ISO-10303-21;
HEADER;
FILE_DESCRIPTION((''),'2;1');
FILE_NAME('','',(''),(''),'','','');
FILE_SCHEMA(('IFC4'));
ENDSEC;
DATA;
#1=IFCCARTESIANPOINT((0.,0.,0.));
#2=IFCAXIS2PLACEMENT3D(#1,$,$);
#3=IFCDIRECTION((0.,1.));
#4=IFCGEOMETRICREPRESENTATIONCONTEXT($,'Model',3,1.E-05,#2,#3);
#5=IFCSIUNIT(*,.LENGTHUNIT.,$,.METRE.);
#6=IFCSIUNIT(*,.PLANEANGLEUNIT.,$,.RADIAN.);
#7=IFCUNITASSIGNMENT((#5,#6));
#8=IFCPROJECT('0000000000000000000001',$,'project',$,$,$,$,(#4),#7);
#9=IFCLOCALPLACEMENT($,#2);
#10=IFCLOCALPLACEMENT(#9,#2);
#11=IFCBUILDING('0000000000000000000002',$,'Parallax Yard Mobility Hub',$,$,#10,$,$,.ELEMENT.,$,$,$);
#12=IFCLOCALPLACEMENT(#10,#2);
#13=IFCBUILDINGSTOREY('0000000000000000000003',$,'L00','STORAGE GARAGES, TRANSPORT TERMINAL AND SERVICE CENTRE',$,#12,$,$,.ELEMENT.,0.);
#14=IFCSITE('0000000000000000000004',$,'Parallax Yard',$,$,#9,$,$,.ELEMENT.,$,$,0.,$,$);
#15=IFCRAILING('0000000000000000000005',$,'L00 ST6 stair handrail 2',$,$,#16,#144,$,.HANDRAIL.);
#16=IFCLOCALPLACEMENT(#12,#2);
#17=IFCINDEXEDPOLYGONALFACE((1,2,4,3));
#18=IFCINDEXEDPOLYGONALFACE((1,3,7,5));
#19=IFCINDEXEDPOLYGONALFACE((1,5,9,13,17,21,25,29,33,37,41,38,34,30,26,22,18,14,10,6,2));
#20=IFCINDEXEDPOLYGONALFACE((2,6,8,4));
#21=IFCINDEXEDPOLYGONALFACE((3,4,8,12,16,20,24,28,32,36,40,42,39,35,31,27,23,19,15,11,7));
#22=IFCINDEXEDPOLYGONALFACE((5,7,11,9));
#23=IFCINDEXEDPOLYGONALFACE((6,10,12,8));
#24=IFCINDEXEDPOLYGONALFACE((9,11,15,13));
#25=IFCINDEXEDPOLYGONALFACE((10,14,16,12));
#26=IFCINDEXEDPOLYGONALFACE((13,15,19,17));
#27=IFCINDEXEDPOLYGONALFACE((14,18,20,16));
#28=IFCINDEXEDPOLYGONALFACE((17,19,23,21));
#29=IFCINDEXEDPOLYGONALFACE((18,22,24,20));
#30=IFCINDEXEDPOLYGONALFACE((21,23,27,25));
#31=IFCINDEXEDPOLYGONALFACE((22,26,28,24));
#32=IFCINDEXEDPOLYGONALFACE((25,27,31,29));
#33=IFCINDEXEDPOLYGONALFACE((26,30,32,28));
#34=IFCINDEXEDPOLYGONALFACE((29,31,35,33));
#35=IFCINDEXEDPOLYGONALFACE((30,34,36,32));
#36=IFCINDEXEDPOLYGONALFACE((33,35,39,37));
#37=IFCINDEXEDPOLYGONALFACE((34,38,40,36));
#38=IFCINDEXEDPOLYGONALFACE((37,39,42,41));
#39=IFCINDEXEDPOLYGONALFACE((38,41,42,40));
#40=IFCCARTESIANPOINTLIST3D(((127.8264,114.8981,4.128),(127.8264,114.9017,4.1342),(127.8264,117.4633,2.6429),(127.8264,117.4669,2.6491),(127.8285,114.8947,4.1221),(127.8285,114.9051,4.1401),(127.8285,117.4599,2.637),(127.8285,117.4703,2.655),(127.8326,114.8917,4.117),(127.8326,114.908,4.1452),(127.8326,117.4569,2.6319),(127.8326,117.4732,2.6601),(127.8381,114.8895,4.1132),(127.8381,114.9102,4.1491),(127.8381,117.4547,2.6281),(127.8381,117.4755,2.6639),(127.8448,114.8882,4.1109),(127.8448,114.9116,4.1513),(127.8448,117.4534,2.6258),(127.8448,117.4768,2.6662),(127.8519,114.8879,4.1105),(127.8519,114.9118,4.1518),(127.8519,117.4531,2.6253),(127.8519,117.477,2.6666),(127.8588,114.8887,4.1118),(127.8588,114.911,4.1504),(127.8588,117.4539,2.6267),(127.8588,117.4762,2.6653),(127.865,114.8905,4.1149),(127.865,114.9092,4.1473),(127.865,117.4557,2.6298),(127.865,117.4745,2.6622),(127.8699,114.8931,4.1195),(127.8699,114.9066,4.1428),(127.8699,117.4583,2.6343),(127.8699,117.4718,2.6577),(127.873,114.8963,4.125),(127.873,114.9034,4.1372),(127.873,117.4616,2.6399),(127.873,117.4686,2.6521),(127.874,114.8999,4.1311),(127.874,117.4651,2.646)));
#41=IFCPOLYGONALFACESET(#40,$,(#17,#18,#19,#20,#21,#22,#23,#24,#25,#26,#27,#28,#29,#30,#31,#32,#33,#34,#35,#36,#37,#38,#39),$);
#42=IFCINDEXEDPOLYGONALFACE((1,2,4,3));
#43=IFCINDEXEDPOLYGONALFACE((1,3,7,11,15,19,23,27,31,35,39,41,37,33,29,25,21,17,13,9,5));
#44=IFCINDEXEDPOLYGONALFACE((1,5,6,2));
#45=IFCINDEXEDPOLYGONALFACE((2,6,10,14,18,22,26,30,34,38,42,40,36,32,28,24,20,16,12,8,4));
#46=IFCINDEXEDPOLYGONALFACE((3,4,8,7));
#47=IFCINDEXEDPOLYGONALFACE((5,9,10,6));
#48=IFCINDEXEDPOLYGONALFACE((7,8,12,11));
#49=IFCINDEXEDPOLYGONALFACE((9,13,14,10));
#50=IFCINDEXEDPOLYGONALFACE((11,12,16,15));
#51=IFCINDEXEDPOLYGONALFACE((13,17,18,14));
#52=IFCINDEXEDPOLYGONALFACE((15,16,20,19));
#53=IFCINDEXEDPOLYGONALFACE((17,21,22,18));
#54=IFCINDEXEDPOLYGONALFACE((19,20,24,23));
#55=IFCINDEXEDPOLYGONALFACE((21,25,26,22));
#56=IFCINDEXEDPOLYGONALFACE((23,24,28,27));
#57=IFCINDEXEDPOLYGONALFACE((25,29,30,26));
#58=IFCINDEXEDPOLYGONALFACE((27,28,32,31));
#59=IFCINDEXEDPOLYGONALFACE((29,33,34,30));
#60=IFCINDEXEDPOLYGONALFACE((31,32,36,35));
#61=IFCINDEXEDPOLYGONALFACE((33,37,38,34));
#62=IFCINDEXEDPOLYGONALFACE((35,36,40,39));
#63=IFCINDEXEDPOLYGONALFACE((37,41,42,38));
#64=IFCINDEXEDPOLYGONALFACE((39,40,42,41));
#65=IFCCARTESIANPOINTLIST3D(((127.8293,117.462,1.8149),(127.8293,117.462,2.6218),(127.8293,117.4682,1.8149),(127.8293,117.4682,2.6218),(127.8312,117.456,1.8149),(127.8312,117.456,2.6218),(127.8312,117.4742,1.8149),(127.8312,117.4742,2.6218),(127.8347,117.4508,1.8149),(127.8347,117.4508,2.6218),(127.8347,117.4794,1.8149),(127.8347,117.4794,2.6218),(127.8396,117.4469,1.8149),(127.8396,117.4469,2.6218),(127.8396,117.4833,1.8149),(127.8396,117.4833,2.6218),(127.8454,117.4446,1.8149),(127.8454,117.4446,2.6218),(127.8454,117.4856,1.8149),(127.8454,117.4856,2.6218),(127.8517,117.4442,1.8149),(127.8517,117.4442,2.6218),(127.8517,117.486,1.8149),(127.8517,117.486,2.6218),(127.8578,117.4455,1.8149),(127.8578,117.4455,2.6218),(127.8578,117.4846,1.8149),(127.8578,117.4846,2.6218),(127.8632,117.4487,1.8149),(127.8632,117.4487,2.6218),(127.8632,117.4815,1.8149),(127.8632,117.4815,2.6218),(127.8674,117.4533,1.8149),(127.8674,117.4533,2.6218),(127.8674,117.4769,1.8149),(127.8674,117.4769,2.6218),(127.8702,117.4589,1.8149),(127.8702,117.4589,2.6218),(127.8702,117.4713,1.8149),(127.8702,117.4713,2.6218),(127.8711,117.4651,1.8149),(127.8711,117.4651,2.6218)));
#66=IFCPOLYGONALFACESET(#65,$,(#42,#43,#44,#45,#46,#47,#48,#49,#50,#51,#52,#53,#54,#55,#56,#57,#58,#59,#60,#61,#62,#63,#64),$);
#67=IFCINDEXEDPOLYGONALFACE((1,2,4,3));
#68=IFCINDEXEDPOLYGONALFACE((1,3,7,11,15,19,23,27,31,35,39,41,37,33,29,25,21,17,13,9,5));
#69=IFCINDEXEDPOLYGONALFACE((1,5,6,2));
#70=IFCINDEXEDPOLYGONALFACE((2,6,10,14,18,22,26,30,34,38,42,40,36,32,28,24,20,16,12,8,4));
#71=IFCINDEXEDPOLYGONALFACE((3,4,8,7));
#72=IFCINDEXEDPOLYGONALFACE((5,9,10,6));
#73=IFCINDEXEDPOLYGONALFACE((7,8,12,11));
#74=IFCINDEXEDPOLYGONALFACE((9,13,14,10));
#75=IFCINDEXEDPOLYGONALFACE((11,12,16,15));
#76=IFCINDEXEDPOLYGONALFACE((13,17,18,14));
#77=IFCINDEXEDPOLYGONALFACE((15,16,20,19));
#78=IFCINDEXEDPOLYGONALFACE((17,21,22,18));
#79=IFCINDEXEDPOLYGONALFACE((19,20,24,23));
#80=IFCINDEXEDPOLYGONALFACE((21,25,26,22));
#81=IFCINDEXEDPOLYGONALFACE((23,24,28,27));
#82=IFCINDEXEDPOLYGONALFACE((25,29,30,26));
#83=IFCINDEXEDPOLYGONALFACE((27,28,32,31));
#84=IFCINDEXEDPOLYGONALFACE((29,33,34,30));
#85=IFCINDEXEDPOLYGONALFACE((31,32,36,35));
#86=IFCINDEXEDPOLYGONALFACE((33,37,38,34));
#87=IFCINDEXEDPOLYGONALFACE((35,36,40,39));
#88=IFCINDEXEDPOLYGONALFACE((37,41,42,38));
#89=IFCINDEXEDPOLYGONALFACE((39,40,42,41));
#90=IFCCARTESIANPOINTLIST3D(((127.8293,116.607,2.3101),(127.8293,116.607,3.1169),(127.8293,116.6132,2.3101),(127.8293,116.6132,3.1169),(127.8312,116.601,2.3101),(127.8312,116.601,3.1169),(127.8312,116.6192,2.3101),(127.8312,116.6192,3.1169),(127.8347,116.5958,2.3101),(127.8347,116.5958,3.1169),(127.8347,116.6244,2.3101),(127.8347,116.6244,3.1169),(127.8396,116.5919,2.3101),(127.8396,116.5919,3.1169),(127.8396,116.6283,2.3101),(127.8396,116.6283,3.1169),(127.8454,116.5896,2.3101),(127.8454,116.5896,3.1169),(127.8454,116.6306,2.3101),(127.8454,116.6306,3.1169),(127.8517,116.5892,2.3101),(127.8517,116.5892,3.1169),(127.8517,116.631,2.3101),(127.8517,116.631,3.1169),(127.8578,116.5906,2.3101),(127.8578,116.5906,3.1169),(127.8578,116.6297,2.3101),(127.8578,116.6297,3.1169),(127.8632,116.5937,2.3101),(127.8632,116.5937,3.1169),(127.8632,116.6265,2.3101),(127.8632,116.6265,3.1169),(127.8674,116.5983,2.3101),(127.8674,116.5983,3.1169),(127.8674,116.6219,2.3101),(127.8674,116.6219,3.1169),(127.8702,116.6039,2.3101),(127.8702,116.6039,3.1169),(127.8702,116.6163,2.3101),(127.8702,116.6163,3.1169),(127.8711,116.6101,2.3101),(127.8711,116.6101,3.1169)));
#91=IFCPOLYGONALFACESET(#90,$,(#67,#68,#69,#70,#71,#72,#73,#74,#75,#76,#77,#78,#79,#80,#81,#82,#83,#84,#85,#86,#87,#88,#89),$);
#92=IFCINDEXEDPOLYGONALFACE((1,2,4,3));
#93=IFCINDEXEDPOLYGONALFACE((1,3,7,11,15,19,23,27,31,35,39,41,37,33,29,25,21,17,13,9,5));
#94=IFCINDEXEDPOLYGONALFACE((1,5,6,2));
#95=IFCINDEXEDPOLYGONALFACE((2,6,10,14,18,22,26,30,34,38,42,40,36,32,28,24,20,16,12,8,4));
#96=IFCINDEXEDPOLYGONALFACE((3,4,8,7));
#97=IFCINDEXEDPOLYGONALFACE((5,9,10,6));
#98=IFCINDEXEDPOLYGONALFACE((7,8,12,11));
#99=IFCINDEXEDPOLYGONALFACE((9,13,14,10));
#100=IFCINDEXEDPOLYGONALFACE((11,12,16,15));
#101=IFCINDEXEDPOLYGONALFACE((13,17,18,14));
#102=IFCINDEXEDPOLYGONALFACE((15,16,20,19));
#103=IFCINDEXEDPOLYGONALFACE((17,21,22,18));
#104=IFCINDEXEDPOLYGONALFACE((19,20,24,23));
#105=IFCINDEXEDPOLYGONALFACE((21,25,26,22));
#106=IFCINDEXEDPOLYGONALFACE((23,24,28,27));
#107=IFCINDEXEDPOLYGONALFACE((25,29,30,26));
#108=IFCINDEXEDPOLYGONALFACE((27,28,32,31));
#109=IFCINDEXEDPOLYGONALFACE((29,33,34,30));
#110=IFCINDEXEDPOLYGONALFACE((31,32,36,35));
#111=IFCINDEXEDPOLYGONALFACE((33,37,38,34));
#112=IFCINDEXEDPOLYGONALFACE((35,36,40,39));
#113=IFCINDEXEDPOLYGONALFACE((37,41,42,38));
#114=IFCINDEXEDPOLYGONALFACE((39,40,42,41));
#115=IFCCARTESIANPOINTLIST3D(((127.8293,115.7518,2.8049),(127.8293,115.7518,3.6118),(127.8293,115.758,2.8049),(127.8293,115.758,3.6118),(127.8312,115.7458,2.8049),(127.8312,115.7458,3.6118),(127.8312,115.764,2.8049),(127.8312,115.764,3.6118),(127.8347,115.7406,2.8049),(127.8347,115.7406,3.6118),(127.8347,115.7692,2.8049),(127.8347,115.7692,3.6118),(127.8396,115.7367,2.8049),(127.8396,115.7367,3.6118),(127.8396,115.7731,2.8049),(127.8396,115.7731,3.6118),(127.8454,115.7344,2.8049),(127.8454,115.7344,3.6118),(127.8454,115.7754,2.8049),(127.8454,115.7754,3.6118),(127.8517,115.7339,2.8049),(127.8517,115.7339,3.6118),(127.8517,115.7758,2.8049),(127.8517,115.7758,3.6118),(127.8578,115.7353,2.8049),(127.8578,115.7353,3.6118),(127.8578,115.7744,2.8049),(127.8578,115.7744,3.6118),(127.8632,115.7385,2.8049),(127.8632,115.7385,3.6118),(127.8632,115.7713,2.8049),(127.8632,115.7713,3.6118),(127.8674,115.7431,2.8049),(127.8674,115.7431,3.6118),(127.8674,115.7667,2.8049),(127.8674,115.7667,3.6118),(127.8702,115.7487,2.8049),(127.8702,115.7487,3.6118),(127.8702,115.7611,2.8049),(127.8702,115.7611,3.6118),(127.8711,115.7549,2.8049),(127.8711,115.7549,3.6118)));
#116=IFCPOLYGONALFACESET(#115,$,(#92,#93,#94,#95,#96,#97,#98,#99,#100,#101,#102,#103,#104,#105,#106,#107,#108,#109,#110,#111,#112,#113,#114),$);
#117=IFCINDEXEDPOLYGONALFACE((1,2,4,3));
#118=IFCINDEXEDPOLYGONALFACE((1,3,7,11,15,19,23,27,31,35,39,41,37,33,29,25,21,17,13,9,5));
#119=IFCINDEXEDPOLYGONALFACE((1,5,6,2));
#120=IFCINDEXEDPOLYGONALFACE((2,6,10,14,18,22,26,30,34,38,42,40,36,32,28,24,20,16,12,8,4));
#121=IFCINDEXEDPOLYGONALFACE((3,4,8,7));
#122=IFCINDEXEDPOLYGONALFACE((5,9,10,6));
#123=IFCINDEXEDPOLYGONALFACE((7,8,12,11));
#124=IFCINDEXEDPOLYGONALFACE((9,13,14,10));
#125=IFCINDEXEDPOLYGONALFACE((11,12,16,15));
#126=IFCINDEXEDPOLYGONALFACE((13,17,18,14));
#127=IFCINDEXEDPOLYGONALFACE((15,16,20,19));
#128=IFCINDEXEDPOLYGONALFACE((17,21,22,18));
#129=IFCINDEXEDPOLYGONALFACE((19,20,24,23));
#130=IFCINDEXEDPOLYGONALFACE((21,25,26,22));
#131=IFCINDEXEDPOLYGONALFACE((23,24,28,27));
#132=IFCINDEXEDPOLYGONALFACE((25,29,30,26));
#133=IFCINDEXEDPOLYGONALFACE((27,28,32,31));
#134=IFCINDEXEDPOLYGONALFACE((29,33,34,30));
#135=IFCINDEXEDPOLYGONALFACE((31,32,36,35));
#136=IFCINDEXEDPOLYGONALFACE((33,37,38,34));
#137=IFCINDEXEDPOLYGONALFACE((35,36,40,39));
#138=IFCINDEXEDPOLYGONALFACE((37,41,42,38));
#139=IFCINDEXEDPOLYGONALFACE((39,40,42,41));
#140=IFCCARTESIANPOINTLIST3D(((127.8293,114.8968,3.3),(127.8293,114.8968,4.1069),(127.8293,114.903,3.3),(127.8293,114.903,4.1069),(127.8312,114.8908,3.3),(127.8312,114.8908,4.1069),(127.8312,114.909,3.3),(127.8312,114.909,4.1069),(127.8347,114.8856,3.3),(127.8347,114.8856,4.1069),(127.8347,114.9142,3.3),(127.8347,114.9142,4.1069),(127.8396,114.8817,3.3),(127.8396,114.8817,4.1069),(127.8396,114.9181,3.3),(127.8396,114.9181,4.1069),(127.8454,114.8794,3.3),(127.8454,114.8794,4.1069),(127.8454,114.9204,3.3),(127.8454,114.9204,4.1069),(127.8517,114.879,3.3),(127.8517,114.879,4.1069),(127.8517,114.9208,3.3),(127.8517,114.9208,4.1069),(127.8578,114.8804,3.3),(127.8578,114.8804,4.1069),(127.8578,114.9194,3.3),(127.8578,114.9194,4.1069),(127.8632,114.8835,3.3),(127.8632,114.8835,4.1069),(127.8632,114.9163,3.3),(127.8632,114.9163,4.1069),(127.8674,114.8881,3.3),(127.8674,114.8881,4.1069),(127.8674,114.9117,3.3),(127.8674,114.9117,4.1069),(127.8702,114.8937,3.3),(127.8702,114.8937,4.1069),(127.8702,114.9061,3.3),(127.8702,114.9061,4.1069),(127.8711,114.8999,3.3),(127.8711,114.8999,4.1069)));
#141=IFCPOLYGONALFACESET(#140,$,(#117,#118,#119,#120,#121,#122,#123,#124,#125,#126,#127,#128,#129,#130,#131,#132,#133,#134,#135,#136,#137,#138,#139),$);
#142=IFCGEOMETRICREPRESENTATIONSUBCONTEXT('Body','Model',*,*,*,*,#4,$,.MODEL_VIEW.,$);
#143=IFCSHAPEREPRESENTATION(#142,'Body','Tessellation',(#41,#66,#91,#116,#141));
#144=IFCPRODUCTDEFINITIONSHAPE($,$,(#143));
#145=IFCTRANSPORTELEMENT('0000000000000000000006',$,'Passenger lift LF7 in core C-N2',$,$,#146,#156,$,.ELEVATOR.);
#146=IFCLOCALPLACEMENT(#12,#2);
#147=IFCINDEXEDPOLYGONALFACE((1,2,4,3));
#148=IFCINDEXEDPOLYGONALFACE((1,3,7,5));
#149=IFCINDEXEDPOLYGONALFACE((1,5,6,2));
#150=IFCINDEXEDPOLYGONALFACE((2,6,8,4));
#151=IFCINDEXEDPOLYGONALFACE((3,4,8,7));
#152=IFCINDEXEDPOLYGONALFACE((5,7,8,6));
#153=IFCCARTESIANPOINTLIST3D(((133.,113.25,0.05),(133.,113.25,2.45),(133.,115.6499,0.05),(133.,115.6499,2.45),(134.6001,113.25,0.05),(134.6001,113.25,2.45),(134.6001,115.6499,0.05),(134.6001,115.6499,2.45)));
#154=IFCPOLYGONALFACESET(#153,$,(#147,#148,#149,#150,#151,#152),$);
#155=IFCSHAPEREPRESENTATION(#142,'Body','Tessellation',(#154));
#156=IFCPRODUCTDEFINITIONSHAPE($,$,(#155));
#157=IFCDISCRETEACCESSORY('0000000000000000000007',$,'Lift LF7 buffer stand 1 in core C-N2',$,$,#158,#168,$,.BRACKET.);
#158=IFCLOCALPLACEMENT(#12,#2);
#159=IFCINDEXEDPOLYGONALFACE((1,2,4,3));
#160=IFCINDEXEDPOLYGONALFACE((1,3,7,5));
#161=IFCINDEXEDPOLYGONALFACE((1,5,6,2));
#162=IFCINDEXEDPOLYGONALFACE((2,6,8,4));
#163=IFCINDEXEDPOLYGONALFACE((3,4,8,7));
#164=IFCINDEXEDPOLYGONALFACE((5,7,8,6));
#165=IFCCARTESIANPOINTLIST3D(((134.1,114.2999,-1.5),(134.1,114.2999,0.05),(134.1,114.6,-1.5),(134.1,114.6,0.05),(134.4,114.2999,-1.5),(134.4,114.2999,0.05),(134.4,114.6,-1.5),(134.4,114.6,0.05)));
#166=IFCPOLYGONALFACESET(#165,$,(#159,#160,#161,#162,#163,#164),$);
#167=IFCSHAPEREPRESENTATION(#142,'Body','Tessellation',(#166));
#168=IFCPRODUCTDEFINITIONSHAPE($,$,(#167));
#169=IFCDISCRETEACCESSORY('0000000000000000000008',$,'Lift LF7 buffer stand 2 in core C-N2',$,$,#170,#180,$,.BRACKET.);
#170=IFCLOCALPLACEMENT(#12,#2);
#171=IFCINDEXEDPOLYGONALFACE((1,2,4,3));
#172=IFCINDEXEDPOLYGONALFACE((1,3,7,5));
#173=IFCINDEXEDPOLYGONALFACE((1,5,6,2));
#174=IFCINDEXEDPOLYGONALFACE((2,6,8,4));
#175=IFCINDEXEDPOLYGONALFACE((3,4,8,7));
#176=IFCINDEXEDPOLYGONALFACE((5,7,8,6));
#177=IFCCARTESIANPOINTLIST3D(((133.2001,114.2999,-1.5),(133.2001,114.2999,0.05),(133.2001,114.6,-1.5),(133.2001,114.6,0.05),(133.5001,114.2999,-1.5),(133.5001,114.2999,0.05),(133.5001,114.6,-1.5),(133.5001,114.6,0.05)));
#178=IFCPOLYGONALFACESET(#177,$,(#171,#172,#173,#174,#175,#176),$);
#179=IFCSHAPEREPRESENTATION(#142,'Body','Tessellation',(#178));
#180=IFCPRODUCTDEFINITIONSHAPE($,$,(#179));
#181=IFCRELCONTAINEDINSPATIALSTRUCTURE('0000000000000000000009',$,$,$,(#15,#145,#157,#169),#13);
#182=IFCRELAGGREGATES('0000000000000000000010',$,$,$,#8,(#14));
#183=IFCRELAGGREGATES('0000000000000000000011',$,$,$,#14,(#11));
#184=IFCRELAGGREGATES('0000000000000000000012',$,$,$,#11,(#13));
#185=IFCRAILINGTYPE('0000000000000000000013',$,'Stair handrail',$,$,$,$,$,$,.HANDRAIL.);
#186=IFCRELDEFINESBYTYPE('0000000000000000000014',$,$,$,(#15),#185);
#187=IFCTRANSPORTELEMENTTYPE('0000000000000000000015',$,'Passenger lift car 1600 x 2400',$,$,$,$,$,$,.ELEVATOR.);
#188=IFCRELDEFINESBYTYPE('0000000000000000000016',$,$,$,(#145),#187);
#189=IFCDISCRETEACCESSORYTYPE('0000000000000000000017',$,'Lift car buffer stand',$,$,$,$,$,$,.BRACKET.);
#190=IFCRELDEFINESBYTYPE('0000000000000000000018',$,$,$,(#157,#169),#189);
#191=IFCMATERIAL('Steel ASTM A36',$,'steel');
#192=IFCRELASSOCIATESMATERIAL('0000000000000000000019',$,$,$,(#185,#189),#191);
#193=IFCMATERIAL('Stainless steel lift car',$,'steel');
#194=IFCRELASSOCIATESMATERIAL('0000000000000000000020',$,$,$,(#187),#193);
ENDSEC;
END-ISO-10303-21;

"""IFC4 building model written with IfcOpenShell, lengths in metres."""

from ifc_helpers import new_model, si_unit, direction, frame, origin, origin_2d, place, context, subcontext, project, spatial, rectangle, circle, extrude, material, type_object, element, save


model = new_model("IFC4")

# Units and contexts
model_context = context("Model", 3, precision=1e-05, world=origin(), true_north=direction((0.0, 1.0)))
body_context = subcontext(model_context, "Body", "Model", "MODEL_VIEW")
ifc_project = project(units=[si_unit("LENGTHUNIT", "METRE"), si_unit("PLANEANGLEUNIT", "RADIAN")], contexts=[model_context])

# Site, building, storey
site_placement = place(None, origin())
site = spatial("IfcSite", under=ifc_project, at=site_placement, Name="Parallax Yard", CompositionType="ELEMENT", RefElevation=0.0)
building_placement = place(site_placement, origin())
building = spatial("IfcBuilding", under=site, at=building_placement, Name="Parallax Yard Mobility Hub", CompositionType="ELEMENT")
storey_placement = place(building_placement, origin())
storey = spatial("IfcBuildingStorey", under=building, at=storey_placement, Name="L00", Description="STORAGE GARAGES, TRANSPORT TERMINAL AND SERVICE CENTRE", CompositionType="ELEMENT", Elevation=0.0)

# Railing
ifc_material_1 = material(Name="Steel ASTM A36", Category="steel")
railing_type_1 = type_object("IfcRailingType", Name="Stair handrail", PredefinedType="HANDRAIL", material=ifc_material_1)
railing_1_placement = place(storey_placement, frame((127.8501, 117.4651, 1.8149)))
element("IfcRailing", 1, at=railing_1_placement, inside=storey, type_object=railing_type_1, Name="L00 ST6 stair handrail 2", PredefinedType="HANDRAIL", context=body_context, shape_type="SweptSolid", body=[
    extrude(circle(Radius=0.0239, at=origin_2d()), frame((0.0, 0.0, 0.8311), z_axis=(0.0, -0.865426, 0.501036), x_axis=(1.0, 0.0, 0.0)), (0.0, 0.0, 1.0), 2.9641),
    extrude(circle(Radius=0.021, at=origin_2d()), origin(), (0.0, 0.0, 1.0), 0.8069),
    extrude(circle(Radius=0.021, at=origin_2d()), frame((0.0, -0.855, 0.4951)), (0.0, 0.0, 1.0), 0.8069),
    extrude(circle(Radius=0.021, at=origin_2d()), frame((0.0, -1.7102, 0.99)), (0.0, 0.0, 1.0), 0.8069),
    extrude(circle(Radius=0.021, at=origin_2d()), frame((0.0, -2.5652, 1.4851)), (0.0, 0.0, 1.0), 0.8069),
])

# Transport element
ifc_material_2 = material(Name="Stainless steel lift car", Category="steel")
transport_element_type = type_object("IfcTransportElementType", Name="Passenger lift car 1600 x 2400", PredefinedType="ELEVATOR", material=ifc_material_2)
transport_element_placement = place(storey_placement, frame((133.8, 114.45, 0.05), z_axis=(0.0, 0.0, 1.0), x_axis=(-1.0, 0.0, 0.0)))
element("IfcTransportElement", 2, at=transport_element_placement, inside=storey, type_object=transport_element_type, Name="Passenger lift LF7 in core C-N2", PredefinedType="ELEVATOR", context=body_context, shape_type="SweptSolid", body=[
    extrude(rectangle(XDim=1.6001, YDim=2.3999, at=origin_2d()), origin(), (0.0, 0.0, 1.0), 2.3999),
])

# Discrete accessories
discrete_accessory_type = type_object("IfcDiscreteAccessoryType", Name="Lift car buffer stand", PredefinedType="BRACKET", material=ifc_material_1)
for number, where, z_axis, x_axis, name in (
    (3, (134.25, 114.45, -1.5), (0.0, 0.0, 1.0), (-1.0, 0.0, 0.0), "Lift LF7 buffer stand 1 in core C-N2"),
    (4, (133.3501, 114.45, -1.5), (0.0, 0.0, 1.0), (-1.0, 0.0, 0.0), "Lift LF7 buffer stand 2 in core C-N2"),
):
    element("IfcDiscreteAccessory", number, at=place(storey_placement, frame(where, z_axis=z_axis, x_axis=x_axis)), inside=storey, type_object=discrete_accessory_type, Name=name, PredefinedType="BRACKET", context=body_context, shape_type="SweptSolid", body=[
        extrude(rectangle(XDim=0.3, YDim=0.3, at=origin_2d()), origin(), (0.0, 0.0, 1.0), 1.55),
    ])

save(model, "model.ifc")
